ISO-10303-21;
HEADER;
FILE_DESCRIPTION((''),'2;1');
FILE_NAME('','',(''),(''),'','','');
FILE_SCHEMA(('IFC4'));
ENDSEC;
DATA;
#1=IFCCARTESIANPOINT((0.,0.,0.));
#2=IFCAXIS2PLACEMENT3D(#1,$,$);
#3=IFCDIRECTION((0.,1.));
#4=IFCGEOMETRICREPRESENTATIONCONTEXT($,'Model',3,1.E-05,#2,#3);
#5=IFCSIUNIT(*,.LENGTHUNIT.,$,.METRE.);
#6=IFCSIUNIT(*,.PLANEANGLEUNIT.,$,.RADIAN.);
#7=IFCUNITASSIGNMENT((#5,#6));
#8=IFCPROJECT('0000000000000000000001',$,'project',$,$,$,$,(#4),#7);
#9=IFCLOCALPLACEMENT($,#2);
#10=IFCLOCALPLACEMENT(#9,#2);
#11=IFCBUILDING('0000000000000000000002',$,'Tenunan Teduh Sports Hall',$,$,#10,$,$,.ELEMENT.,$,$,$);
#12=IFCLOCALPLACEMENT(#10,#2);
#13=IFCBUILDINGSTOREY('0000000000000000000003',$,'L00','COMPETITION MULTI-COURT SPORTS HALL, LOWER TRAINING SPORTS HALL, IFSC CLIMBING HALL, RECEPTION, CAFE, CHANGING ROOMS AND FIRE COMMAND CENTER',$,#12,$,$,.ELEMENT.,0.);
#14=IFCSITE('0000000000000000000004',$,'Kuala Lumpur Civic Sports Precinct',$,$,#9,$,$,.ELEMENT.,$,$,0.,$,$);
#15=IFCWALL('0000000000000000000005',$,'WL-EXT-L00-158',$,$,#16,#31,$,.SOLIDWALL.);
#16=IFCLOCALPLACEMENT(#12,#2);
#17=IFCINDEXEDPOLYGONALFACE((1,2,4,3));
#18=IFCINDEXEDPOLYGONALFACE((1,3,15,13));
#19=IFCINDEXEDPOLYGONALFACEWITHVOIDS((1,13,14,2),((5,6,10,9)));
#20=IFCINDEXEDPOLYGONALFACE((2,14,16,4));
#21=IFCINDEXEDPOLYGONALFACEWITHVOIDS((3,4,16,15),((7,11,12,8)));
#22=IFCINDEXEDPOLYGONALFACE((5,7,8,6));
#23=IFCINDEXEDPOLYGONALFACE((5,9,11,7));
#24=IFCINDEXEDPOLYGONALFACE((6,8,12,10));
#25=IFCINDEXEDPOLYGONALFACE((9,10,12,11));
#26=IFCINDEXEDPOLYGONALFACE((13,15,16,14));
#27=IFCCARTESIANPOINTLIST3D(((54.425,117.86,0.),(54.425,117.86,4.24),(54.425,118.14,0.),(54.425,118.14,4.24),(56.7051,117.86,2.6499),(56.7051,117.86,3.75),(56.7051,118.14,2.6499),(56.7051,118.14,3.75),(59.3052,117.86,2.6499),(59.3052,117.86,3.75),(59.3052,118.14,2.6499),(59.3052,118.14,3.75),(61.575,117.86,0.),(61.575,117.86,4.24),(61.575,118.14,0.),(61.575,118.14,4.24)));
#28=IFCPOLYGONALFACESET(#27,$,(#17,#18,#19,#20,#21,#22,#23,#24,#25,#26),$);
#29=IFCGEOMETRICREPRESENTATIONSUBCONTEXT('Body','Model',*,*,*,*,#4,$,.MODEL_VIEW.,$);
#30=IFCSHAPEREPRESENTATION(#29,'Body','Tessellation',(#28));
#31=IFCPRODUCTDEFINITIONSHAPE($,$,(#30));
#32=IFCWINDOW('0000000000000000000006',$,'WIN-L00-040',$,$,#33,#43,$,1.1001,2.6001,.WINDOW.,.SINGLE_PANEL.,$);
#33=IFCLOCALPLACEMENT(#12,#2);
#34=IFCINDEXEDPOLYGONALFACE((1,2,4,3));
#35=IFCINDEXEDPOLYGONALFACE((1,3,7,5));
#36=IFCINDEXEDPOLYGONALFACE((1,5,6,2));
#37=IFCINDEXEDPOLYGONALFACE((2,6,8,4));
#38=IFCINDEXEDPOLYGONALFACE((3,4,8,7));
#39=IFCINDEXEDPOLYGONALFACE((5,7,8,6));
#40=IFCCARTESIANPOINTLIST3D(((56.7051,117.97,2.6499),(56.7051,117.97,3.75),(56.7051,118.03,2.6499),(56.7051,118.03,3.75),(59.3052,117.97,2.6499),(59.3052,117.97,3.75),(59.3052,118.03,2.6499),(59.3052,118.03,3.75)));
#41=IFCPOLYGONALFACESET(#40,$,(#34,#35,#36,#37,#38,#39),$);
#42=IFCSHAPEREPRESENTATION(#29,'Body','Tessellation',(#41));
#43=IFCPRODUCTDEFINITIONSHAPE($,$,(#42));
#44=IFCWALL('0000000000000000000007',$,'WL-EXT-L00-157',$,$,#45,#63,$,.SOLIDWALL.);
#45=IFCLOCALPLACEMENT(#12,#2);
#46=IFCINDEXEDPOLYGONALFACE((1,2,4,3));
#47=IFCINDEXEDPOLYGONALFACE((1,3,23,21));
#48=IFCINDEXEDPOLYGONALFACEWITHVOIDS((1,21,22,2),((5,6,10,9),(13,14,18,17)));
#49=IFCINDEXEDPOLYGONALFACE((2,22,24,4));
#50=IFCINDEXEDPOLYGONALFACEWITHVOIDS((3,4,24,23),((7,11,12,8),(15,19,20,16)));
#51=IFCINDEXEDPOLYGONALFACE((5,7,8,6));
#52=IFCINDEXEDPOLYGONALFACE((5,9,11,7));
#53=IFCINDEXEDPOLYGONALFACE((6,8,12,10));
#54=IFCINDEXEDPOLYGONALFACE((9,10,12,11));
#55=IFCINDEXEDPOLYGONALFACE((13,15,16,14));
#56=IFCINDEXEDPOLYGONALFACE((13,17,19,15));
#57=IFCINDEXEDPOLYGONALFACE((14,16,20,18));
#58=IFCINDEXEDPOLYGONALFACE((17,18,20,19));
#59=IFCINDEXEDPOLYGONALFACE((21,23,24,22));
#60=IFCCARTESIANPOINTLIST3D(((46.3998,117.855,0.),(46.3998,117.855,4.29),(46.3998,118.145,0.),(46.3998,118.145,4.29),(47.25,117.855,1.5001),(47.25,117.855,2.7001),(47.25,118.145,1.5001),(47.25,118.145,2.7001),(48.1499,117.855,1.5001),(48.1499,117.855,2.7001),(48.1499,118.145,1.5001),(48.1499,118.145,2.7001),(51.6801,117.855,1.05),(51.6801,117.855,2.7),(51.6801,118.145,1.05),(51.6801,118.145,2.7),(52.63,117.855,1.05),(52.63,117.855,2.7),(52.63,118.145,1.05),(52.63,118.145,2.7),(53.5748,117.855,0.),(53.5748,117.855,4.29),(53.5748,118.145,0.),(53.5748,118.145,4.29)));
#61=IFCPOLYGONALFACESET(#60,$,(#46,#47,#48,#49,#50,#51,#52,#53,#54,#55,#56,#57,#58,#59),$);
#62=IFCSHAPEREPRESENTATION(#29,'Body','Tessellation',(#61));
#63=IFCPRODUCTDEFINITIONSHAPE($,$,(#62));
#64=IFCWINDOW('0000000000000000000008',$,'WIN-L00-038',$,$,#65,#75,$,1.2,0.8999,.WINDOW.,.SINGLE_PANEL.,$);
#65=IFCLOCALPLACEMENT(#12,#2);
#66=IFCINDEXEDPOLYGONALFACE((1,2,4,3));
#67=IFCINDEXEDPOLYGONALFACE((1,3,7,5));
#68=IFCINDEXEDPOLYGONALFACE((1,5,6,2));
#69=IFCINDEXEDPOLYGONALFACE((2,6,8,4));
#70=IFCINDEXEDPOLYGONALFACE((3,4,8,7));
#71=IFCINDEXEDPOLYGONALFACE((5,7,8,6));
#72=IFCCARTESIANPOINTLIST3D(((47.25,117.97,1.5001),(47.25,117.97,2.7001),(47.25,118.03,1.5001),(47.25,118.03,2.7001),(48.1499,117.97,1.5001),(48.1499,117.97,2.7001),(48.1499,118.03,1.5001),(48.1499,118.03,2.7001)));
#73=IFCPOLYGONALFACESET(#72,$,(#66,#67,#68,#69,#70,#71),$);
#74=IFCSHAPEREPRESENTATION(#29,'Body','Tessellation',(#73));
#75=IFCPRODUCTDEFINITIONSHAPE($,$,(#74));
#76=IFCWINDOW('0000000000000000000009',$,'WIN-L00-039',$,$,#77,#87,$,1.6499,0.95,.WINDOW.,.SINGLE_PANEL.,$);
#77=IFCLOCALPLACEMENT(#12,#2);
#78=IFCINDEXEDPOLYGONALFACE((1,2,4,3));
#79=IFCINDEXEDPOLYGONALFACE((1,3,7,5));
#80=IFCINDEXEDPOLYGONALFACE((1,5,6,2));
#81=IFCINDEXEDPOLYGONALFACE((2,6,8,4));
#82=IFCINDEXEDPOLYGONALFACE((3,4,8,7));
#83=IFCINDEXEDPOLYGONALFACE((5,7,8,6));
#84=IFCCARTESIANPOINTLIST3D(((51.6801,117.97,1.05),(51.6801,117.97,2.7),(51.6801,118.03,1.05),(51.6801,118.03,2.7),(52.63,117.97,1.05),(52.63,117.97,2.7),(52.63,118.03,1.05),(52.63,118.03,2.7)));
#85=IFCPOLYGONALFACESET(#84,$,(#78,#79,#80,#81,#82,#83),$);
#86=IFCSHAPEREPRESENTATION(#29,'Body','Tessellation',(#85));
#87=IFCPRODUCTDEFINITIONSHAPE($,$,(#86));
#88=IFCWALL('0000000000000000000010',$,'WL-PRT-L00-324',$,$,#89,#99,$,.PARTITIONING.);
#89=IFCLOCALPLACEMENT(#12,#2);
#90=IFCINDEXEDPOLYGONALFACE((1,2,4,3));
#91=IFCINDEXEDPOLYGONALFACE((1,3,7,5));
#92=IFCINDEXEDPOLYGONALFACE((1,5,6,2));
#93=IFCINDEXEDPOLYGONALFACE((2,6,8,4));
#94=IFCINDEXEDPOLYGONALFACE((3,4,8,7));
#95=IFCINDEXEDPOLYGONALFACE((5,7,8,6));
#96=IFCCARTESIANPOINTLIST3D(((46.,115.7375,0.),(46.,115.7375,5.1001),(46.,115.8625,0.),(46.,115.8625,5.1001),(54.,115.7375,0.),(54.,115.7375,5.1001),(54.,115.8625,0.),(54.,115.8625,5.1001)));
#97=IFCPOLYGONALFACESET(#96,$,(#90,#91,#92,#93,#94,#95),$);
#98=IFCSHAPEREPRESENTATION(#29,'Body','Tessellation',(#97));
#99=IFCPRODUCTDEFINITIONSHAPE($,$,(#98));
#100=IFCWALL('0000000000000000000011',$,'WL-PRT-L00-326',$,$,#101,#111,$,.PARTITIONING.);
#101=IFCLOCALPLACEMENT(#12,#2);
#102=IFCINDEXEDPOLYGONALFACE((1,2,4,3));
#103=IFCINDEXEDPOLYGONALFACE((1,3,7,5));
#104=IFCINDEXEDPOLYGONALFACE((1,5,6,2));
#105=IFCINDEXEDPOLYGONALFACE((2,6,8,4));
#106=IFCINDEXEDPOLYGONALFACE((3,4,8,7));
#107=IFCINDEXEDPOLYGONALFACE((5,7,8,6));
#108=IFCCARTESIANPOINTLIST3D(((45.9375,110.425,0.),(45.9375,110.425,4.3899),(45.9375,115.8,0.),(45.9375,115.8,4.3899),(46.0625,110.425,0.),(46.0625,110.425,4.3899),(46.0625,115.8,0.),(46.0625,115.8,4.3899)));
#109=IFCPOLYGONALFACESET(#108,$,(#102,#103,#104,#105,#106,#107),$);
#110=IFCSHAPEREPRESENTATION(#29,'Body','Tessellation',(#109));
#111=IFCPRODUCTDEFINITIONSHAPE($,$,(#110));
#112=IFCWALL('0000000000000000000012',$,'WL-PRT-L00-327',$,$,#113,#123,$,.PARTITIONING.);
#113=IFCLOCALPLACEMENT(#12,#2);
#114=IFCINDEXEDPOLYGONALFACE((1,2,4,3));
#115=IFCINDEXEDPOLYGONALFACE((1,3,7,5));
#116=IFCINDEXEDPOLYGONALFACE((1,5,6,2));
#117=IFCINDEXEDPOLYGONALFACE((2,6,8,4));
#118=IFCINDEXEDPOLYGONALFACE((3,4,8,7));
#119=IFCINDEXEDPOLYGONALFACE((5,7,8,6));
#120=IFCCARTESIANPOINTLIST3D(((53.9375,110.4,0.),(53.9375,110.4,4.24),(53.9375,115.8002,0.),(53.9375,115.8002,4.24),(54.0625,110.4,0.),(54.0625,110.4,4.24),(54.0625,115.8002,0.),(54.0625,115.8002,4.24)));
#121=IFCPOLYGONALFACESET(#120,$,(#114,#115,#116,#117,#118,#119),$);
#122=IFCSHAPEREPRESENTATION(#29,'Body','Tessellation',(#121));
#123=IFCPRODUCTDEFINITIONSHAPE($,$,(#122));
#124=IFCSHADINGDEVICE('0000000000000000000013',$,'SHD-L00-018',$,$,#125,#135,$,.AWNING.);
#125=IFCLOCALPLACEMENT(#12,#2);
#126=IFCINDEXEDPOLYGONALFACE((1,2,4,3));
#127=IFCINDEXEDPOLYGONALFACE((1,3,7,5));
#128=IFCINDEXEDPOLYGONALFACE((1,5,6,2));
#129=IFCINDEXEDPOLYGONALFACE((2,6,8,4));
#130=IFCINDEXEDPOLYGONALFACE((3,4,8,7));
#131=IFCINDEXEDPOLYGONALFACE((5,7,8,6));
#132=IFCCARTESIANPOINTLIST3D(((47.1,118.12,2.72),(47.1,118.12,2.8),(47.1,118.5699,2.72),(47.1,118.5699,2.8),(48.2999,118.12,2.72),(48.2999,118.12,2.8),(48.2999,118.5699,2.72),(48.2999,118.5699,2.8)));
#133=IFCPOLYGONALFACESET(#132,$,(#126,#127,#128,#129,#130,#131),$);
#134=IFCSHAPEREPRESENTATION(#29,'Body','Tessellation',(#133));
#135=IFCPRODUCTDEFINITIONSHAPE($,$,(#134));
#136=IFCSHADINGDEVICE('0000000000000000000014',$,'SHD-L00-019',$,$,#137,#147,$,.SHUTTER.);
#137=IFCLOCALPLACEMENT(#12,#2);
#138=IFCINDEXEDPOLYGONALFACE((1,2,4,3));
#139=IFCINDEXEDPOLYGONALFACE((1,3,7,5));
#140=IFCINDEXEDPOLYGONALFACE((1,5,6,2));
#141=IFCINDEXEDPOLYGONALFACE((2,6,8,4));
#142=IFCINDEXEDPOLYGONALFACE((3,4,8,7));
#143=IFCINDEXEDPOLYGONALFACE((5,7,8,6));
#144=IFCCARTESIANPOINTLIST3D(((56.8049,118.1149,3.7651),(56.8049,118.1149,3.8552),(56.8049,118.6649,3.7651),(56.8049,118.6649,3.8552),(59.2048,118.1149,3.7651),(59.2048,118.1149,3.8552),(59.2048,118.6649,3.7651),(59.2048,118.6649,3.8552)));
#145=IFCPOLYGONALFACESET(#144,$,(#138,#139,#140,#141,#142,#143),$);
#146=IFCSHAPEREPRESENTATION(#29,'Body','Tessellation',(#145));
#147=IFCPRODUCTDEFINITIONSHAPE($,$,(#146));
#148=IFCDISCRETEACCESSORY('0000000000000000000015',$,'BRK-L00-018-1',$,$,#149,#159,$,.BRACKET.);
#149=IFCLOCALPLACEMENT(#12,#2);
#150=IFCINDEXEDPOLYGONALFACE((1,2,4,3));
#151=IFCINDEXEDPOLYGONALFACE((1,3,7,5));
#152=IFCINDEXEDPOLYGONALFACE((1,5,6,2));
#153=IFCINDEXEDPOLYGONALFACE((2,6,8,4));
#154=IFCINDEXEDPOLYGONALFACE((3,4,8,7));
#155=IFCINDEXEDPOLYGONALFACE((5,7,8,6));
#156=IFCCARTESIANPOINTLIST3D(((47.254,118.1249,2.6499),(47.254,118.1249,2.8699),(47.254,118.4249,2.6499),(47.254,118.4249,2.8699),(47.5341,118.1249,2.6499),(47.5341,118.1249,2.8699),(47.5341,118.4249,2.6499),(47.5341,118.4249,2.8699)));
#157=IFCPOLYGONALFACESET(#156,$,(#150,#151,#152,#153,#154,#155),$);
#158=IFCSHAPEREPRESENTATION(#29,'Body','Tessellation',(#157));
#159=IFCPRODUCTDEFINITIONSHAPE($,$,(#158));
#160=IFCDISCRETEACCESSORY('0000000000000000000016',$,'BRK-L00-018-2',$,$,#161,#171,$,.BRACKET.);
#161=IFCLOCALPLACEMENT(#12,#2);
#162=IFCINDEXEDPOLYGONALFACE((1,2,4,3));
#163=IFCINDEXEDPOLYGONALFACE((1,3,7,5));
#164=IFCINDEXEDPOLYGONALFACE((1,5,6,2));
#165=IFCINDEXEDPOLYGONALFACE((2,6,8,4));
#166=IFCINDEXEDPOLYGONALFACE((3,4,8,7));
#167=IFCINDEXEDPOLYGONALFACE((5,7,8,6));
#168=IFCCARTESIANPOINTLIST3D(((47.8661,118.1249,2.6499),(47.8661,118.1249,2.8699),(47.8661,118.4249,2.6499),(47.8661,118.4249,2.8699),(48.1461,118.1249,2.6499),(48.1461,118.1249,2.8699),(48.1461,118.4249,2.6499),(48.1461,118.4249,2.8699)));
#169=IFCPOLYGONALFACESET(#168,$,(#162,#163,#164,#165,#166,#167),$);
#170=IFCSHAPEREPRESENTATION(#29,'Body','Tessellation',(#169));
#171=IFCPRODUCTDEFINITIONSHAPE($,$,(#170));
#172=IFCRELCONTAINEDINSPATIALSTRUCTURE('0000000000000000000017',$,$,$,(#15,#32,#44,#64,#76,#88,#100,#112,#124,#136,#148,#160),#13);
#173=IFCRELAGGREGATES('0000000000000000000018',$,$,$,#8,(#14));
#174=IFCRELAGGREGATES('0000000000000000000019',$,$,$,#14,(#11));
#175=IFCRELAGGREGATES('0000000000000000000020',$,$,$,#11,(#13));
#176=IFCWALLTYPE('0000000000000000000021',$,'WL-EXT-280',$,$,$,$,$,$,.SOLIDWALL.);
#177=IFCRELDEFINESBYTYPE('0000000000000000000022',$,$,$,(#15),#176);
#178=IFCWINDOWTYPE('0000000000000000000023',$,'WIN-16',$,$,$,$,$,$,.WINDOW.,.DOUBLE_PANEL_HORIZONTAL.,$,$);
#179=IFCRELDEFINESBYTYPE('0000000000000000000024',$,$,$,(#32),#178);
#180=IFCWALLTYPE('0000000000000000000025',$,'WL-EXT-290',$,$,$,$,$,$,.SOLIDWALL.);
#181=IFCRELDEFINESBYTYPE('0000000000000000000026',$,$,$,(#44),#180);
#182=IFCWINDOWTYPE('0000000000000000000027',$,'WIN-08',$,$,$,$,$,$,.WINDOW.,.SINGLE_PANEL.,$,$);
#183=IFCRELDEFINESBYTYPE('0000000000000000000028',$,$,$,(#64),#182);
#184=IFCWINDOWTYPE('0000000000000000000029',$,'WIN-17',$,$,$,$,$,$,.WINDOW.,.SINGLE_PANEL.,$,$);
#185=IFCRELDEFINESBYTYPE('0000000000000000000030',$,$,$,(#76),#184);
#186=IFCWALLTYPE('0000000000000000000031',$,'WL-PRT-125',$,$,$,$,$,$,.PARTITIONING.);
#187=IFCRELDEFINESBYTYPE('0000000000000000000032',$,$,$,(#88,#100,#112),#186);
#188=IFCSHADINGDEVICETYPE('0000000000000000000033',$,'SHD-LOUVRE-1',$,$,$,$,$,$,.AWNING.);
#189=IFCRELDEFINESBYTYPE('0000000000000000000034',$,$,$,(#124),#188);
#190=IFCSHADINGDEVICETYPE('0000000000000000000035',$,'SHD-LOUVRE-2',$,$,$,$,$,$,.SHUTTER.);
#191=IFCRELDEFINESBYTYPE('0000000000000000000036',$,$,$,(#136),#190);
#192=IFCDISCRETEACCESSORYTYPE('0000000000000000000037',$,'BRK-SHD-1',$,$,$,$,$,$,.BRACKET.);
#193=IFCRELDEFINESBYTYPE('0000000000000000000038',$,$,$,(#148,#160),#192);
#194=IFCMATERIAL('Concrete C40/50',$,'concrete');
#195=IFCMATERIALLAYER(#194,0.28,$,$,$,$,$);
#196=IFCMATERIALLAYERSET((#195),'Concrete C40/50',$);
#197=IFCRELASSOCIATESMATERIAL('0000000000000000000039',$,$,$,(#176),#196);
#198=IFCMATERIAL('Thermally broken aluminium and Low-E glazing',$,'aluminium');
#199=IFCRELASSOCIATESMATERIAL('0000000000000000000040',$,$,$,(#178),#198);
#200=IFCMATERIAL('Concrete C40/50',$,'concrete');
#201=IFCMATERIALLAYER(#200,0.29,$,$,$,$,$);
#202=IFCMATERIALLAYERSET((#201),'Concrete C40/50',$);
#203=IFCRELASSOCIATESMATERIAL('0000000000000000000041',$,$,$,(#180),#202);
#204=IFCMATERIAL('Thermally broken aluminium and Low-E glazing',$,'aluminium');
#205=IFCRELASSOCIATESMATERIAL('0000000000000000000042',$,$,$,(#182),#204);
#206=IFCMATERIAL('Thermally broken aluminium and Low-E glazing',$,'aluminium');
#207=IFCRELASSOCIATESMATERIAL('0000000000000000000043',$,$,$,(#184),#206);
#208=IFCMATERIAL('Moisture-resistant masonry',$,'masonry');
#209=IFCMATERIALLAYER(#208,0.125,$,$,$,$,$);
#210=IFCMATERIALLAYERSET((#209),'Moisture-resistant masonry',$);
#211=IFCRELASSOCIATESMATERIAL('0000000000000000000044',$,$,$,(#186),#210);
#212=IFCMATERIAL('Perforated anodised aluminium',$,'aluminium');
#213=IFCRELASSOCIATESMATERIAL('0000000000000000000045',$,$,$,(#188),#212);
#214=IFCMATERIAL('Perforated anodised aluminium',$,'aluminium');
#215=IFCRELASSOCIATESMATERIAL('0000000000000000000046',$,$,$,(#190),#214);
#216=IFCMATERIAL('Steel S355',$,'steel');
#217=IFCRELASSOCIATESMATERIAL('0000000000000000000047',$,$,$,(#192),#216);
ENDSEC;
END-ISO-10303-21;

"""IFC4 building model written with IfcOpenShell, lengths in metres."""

from ifc_helpers import new_model, si_unit, direction, frame, frame_2d, origin, origin_2d, place, context, subcontext, project, spatial, rectangle, extrude, material, layer, layer_set, type_object, element, fill, save


model = new_model("IFC4")

# Units and contexts
model_context = context("Model", 3, precision=1e-05, world=origin(), true_north=direction((0.0, 1.0)))
body_context = subcontext(model_context, "Body", "Model", "MODEL_VIEW")
ifc_project = project(units=[si_unit("LENGTHUNIT", "METRE"), si_unit("PLANEANGLEUNIT", "RADIAN")], contexts=[model_context])

# Site, building, storey
site_placement = place(None, origin())
site = spatial("IfcSite", under=ifc_project, at=site_placement, Name="Kuala Lumpur Civic Sports Precinct", CompositionType="ELEMENT", RefElevation=0.0)
building_placement = place(site_placement, origin())
building = spatial("IfcBuilding", under=site, at=building_placement, Name="Tenunan Teduh Sports Hall", CompositionType="ELEMENT")
storey_placement = place(building_placement, origin())
storey = spatial("IfcBuildingStorey", under=building, at=storey_placement, Name="L00", Description="COMPETITION MULTI-COURT SPORTS HALL, LOWER TRAINING SPORTS HALL, IFSC CLIMBING HALL, RECEPTION, CAFE, CHANGING ROOMS AND FIRE COMMAND CENTER", CompositionType="ELEMENT", Elevation=0.0)

# Wall, opening, window
ifc_material_1 = material(Name="Concrete C40/50", Category="concrete")
ifc_layer_1 = layer(ifc_material_1, 0.28)
ifc_layer_set_1 = layer_set([ifc_layer_1], Name="Concrete C40/50")
wall_type_1 = type_object("IfcWallType", Name="WL-EXT-280", PredefinedType="SOLIDWALL", material=ifc_layer_set_1)
wall_1_placement = place(storey_placement, frame((54.425, 118.0, 0.0), z_axis=(0.0, 0.0, 1.0), x_axis=(1.0, 0.0, 0.0)))
wall_1 = element("IfcWall", 1, at=wall_1_placement, inside=storey, type_object=wall_type_1, Name="WL-EXT-L00-158", PredefinedType="SOLIDWALL", context=body_context, shape_type="SweptSolid", body=[
    extrude(rectangle(XDim=7.1499, YDim=0.28, at=frame_2d((3.575, 0.0))), origin(), (0.0, 0.0, 1.0), 4.24),
])
opening_1_placement = place(wall_1_placement, frame((2.28, 0.0, 2.6499)))
opening_1 = element("IfcOpeningElement", 2, at=opening_1_placement, cuts=wall_1, PredefinedType="OPENING", context=body_context, shape_type="SweptSolid", body=[
    extrude(rectangle(XDim=2.6001, YDim=1.1001, at=frame_2d((1.3, 0.55))), frame((0.0, 0.1499, 0.0), z_axis=(0.0, -1.0, 0.0), x_axis=(1.0, 0.0, 0.0)), (0.0, 0.0, 1.0), 0.3),
])
ifc_material_2 = material(Name="Thermally broken aluminium and Low-E glazing", Category="aluminium")
window_type_1 = type_object("IfcWindowType", Name="WIN-16", PartitioningType="DOUBLE_PANEL_HORIZONTAL", PredefinedType="WINDOW", material=ifc_material_2)
window_1_placement = place(opening_1_placement, origin())
window_1 = element("IfcWindow", 3, at=window_1_placement, inside=storey, type_object=window_type_1, Name="WIN-L00-040", OverallHeight=1.1001, OverallWidth=2.6001, PartitioningType="SINGLE_PANEL", PredefinedType="WINDOW", context=body_context, shape_type="SweptSolid", body=[
    extrude(rectangle(XDim=2.6001, YDim=1.1001, at=frame_2d((1.3, 0.55))), frame((0.0, 0.03, 0.0), z_axis=(0.0, -1.0, 0.0), x_axis=(1.0, 0.0, 0.0)), (0.0, 0.0, 1.0), 0.0601),
])
fill(opening_1, window_1)

# Wall, openings, windows
ifc_material_3 = material(Name="Concrete C40/50", Category="concrete")
ifc_layer_2 = layer(ifc_material_3, 0.29)
ifc_layer_set_2 = layer_set([ifc_layer_2], Name="Concrete C40/50")
wall_type_2 = type_object("IfcWallType", Name="WL-EXT-290", PredefinedType="SOLIDWALL", material=ifc_layer_set_2)
wall_2_placement = place(storey_placement, frame((46.3999, 118.0, 0.0), z_axis=(0.0, 0.0, 1.0), x_axis=(1.0, 0.0, 0.0)))
wall_2 = element("IfcWall", 4, at=wall_2_placement, inside=storey, type_object=wall_type_2, Name="WL-EXT-L00-157", PredefinedType="SOLIDWALL", context=body_context, shape_type="SweptSolid", body=[
    extrude(rectangle(XDim=7.175, YDim=0.29, at=frame_2d((3.5874, 0.0))), origin(), (0.0, 0.0, 1.0), 4.29),
])
opening_2_placement = place(wall_2_placement, frame((0.8501, 0.0, 1.5)))
opening_2 = element("IfcOpeningElement", 5, at=opening_2_placement, cuts=wall_2, PredefinedType="OPENING", context=body_context, shape_type="SweptSolid", body=[
    extrude(rectangle(XDim=0.8999, YDim=1.2, at=frame_2d((0.45, 0.6001))), frame((0.0, 0.155, 0.0), z_axis=(0.0, -1.0, 0.0), x_axis=(1.0, 0.0, 0.0)), (0.0, 0.0, 1.0), 0.3101),
])
opening_3_placement = place(wall_2_placement, frame((5.28, 0.0, 1.05)))
opening_3 = element("IfcOpeningElement", 6, at=opening_3_placement, cuts=wall_2, PredefinedType="OPENING", context=body_context, shape_type="SweptSolid", body=[
    extrude(rectangle(XDim=0.95, YDim=1.6499, at=frame_2d((0.4751, 0.825))), frame((0.0, 0.155, 0.0), z_axis=(0.0, -1.0, 0.0), x_axis=(1.0, 0.0, 0.0)), (0.0, 0.0, 1.0), 0.3101),
])
ifc_material_4 = material(Name="Thermally broken aluminium and Low-E glazing", Category="aluminium")
window_type_2 = type_object("IfcWindowType", Name="WIN-08", PartitioningType="SINGLE_PANEL", PredefinedType="WINDOW", material=ifc_material_4)
window_2_placement = place(opening_2_placement, origin())
window_2 = element("IfcWindow", 7, at=window_2_placement, inside=storey, type_object=window_type_2, Name="WIN-L00-038", OverallHeight=1.2, OverallWidth=0.8999, PartitioningType="SINGLE_PANEL", PredefinedType="WINDOW", context=body_context, shape_type="SweptSolid", body=[
    extrude(rectangle(XDim=0.8999, YDim=1.2, at=frame_2d((0.45, 0.6001))), frame((0.0, 0.03, 0.0), z_axis=(0.0, -1.0, 0.0), x_axis=(1.0, 0.0, 0.0)), (0.0, 0.0, 1.0), 0.0601),
])
fill(opening_2, window_2)
ifc_material_5 = material(Name="Thermally broken aluminium and Low-E glazing", Category="aluminium")
window_type_3 = type_object("IfcWindowType", Name="WIN-17", PartitioningType="SINGLE_PANEL", PredefinedType="WINDOW", material=ifc_material_5)
window_3_placement = place(opening_3_placement, origin())
window_3 = element("IfcWindow", 8, at=window_3_placement, inside=storey, type_object=window_type_3, Name="WIN-L00-039", OverallHeight=1.6499, OverallWidth=0.95, PartitioningType="SINGLE_PANEL", PredefinedType="WINDOW", context=body_context, shape_type="SweptSolid", body=[
    extrude(rectangle(XDim=0.95, YDim=1.6499, at=frame_2d((0.4751, 0.825))), frame((0.0, 0.03, 0.0), z_axis=(0.0, -1.0, 0.0), x_axis=(1.0, 0.0, 0.0)), (0.0, 0.0, 1.0), 0.0601),
])
fill(opening_3, window_3)

# Walls
ifc_material_6 = material(Name="Moisture-resistant masonry", Category="masonry")
ifc_layer_3 = layer(ifc_material_6, 0.125)
ifc_layer_set_3 = layer_set([ifc_layer_3], Name="Moisture-resistant masonry")
wall_type_3 = type_object("IfcWallType", Name="WL-PRT-125", PredefinedType="PARTITIONING", material=ifc_layer_set_3)
wall_3_placement = place(storey_placement, frame((46.0, 115.8, 0.0), z_axis=(0.0, 0.0, 1.0), x_axis=(1.0, 0.0, 0.0)))
element("IfcWall", 9, at=wall_3_placement, inside=storey, type_object=wall_type_3, Name="WL-PRT-L00-324", PredefinedType="PARTITIONING", context=body_context, shape_type="SweptSolid", body=[
    extrude(rectangle(XDim=8.0, YDim=0.125, at=frame_2d((4.0, 0.0))), origin(), (0.0, 0.0, 1.0), 5.1001),
])
wall_4_placement = place(storey_placement, frame((46.0, 110.425, 0.0), z_axis=(0.0, 0.0, 1.0), x_axis=(0.0, 1.0, 0.0)))
element("IfcWall", 10, at=wall_4_placement, inside=storey, type_object=wall_type_3, Name="WL-PRT-L00-326", PredefinedType="PARTITIONING", context=body_context, shape_type="SweptSolid", body=[
    extrude(rectangle(XDim=5.375, YDim=0.125, at=frame_2d((2.6875, 0.0))), origin(), (0.0, 0.0, 1.0), 4.3899),
])
wall_5_placement = place(storey_placement, frame((54.0, 110.3999, 0.0), z_axis=(0.0, 0.0, 1.0), x_axis=(0.0, 1.0, 0.0)))
element("IfcWall", 11, at=wall_5_placement, inside=storey, type_object=wall_type_3, Name="WL-PRT-L00-327", PredefinedType="PARTITIONING", context=body_context, shape_type="SweptSolid", body=[
    extrude(rectangle(XDim=5.4001, YDim=0.125, at=frame_2d((2.7002, 0.0))), origin(), (0.0, 0.0, 1.0), 4.24),
])

# Shading devices
ifc_material_7 = material(Name="Perforated anodised aluminium", Category="aluminium")
shading_device_type_1 = type_object("IfcShadingDeviceType", Name="SHD-LOUVRE-1", PredefinedType="AWNING", material=ifc_material_7)
shading_device_1_placement = place(storey_placement, frame((47.7, 118.345, 2.72), z_axis=(0.0, 0.0, 1.0), x_axis=(1.0, 0.0, 0.0)))
element("IfcShadingDevice", 12, at=shading_device_1_placement, inside=storey, type_object=shading_device_type_1, Name="SHD-L00-018", PredefinedType="AWNING", context=body_context, shape_type="SweptSolid", body=[
    extrude(rectangle(XDim=1.2, YDim=0.45, at=origin_2d()), origin(), (0.0, 0.0, 1.0), 0.0801),
])
ifc_material_8 = material(Name="Perforated anodised aluminium", Category="aluminium")
shading_device_type_2 = type_object("IfcShadingDeviceType", Name="SHD-LOUVRE-2", PredefinedType="SHUTTER", material=ifc_material_8)
shading_device_2_placement = place(storey_placement, frame((58.0049, 118.3899, 3.7651), z_axis=(0.0, 0.0, 1.0), x_axis=(1.0, 0.0, 0.0)))
element("IfcShadingDevice", 13, at=shading_device_2_placement, inside=storey, type_object=shading_device_type_2, Name="SHD-L00-019", PredefinedType="SHUTTER", context=body_context, shape_type="SweptSolid", body=[
    extrude(rectangle(XDim=2.3999, YDim=0.55, at=origin_2d()), origin(), (0.0, 0.0, 1.0), 0.0901),
])

# Discrete accessories
ifc_material_9 = material(Name="Steel S355", Category="steel")
discrete_accessory_type_1 = type_object("IfcDiscreteAccessoryType", Name="BRK-SHD-1", PredefinedType="BRACKET", material=ifc_material_9)
for number, where, z_axis, x_axis, name in (
    (14, (47.394, 118.2749, 2.6499), (0.0, 0.0, 1.0), (1.0, 0.0, 0.0), "BRK-L00-018-1"),
    (15, (48.0061, 118.2749, 2.6499), (0.0, 0.0, 1.0), (1.0, 0.0, 0.0), "BRK-L00-018-2"),
):
    element("IfcDiscreteAccessory", number, at=place(storey_placement, frame(where, z_axis=z_axis, x_axis=x_axis)), inside=storey, type_object=discrete_accessory_type_1, Name=name, PredefinedType="BRACKET", context=body_context, shape_type="SweptSolid", body=[
        extrude(rectangle(XDim=0.28, YDim=0.3, at=origin_2d()), origin(), (0.0, 0.0, 1.0), 0.22),
    ])

save(model, "model.ifc")
